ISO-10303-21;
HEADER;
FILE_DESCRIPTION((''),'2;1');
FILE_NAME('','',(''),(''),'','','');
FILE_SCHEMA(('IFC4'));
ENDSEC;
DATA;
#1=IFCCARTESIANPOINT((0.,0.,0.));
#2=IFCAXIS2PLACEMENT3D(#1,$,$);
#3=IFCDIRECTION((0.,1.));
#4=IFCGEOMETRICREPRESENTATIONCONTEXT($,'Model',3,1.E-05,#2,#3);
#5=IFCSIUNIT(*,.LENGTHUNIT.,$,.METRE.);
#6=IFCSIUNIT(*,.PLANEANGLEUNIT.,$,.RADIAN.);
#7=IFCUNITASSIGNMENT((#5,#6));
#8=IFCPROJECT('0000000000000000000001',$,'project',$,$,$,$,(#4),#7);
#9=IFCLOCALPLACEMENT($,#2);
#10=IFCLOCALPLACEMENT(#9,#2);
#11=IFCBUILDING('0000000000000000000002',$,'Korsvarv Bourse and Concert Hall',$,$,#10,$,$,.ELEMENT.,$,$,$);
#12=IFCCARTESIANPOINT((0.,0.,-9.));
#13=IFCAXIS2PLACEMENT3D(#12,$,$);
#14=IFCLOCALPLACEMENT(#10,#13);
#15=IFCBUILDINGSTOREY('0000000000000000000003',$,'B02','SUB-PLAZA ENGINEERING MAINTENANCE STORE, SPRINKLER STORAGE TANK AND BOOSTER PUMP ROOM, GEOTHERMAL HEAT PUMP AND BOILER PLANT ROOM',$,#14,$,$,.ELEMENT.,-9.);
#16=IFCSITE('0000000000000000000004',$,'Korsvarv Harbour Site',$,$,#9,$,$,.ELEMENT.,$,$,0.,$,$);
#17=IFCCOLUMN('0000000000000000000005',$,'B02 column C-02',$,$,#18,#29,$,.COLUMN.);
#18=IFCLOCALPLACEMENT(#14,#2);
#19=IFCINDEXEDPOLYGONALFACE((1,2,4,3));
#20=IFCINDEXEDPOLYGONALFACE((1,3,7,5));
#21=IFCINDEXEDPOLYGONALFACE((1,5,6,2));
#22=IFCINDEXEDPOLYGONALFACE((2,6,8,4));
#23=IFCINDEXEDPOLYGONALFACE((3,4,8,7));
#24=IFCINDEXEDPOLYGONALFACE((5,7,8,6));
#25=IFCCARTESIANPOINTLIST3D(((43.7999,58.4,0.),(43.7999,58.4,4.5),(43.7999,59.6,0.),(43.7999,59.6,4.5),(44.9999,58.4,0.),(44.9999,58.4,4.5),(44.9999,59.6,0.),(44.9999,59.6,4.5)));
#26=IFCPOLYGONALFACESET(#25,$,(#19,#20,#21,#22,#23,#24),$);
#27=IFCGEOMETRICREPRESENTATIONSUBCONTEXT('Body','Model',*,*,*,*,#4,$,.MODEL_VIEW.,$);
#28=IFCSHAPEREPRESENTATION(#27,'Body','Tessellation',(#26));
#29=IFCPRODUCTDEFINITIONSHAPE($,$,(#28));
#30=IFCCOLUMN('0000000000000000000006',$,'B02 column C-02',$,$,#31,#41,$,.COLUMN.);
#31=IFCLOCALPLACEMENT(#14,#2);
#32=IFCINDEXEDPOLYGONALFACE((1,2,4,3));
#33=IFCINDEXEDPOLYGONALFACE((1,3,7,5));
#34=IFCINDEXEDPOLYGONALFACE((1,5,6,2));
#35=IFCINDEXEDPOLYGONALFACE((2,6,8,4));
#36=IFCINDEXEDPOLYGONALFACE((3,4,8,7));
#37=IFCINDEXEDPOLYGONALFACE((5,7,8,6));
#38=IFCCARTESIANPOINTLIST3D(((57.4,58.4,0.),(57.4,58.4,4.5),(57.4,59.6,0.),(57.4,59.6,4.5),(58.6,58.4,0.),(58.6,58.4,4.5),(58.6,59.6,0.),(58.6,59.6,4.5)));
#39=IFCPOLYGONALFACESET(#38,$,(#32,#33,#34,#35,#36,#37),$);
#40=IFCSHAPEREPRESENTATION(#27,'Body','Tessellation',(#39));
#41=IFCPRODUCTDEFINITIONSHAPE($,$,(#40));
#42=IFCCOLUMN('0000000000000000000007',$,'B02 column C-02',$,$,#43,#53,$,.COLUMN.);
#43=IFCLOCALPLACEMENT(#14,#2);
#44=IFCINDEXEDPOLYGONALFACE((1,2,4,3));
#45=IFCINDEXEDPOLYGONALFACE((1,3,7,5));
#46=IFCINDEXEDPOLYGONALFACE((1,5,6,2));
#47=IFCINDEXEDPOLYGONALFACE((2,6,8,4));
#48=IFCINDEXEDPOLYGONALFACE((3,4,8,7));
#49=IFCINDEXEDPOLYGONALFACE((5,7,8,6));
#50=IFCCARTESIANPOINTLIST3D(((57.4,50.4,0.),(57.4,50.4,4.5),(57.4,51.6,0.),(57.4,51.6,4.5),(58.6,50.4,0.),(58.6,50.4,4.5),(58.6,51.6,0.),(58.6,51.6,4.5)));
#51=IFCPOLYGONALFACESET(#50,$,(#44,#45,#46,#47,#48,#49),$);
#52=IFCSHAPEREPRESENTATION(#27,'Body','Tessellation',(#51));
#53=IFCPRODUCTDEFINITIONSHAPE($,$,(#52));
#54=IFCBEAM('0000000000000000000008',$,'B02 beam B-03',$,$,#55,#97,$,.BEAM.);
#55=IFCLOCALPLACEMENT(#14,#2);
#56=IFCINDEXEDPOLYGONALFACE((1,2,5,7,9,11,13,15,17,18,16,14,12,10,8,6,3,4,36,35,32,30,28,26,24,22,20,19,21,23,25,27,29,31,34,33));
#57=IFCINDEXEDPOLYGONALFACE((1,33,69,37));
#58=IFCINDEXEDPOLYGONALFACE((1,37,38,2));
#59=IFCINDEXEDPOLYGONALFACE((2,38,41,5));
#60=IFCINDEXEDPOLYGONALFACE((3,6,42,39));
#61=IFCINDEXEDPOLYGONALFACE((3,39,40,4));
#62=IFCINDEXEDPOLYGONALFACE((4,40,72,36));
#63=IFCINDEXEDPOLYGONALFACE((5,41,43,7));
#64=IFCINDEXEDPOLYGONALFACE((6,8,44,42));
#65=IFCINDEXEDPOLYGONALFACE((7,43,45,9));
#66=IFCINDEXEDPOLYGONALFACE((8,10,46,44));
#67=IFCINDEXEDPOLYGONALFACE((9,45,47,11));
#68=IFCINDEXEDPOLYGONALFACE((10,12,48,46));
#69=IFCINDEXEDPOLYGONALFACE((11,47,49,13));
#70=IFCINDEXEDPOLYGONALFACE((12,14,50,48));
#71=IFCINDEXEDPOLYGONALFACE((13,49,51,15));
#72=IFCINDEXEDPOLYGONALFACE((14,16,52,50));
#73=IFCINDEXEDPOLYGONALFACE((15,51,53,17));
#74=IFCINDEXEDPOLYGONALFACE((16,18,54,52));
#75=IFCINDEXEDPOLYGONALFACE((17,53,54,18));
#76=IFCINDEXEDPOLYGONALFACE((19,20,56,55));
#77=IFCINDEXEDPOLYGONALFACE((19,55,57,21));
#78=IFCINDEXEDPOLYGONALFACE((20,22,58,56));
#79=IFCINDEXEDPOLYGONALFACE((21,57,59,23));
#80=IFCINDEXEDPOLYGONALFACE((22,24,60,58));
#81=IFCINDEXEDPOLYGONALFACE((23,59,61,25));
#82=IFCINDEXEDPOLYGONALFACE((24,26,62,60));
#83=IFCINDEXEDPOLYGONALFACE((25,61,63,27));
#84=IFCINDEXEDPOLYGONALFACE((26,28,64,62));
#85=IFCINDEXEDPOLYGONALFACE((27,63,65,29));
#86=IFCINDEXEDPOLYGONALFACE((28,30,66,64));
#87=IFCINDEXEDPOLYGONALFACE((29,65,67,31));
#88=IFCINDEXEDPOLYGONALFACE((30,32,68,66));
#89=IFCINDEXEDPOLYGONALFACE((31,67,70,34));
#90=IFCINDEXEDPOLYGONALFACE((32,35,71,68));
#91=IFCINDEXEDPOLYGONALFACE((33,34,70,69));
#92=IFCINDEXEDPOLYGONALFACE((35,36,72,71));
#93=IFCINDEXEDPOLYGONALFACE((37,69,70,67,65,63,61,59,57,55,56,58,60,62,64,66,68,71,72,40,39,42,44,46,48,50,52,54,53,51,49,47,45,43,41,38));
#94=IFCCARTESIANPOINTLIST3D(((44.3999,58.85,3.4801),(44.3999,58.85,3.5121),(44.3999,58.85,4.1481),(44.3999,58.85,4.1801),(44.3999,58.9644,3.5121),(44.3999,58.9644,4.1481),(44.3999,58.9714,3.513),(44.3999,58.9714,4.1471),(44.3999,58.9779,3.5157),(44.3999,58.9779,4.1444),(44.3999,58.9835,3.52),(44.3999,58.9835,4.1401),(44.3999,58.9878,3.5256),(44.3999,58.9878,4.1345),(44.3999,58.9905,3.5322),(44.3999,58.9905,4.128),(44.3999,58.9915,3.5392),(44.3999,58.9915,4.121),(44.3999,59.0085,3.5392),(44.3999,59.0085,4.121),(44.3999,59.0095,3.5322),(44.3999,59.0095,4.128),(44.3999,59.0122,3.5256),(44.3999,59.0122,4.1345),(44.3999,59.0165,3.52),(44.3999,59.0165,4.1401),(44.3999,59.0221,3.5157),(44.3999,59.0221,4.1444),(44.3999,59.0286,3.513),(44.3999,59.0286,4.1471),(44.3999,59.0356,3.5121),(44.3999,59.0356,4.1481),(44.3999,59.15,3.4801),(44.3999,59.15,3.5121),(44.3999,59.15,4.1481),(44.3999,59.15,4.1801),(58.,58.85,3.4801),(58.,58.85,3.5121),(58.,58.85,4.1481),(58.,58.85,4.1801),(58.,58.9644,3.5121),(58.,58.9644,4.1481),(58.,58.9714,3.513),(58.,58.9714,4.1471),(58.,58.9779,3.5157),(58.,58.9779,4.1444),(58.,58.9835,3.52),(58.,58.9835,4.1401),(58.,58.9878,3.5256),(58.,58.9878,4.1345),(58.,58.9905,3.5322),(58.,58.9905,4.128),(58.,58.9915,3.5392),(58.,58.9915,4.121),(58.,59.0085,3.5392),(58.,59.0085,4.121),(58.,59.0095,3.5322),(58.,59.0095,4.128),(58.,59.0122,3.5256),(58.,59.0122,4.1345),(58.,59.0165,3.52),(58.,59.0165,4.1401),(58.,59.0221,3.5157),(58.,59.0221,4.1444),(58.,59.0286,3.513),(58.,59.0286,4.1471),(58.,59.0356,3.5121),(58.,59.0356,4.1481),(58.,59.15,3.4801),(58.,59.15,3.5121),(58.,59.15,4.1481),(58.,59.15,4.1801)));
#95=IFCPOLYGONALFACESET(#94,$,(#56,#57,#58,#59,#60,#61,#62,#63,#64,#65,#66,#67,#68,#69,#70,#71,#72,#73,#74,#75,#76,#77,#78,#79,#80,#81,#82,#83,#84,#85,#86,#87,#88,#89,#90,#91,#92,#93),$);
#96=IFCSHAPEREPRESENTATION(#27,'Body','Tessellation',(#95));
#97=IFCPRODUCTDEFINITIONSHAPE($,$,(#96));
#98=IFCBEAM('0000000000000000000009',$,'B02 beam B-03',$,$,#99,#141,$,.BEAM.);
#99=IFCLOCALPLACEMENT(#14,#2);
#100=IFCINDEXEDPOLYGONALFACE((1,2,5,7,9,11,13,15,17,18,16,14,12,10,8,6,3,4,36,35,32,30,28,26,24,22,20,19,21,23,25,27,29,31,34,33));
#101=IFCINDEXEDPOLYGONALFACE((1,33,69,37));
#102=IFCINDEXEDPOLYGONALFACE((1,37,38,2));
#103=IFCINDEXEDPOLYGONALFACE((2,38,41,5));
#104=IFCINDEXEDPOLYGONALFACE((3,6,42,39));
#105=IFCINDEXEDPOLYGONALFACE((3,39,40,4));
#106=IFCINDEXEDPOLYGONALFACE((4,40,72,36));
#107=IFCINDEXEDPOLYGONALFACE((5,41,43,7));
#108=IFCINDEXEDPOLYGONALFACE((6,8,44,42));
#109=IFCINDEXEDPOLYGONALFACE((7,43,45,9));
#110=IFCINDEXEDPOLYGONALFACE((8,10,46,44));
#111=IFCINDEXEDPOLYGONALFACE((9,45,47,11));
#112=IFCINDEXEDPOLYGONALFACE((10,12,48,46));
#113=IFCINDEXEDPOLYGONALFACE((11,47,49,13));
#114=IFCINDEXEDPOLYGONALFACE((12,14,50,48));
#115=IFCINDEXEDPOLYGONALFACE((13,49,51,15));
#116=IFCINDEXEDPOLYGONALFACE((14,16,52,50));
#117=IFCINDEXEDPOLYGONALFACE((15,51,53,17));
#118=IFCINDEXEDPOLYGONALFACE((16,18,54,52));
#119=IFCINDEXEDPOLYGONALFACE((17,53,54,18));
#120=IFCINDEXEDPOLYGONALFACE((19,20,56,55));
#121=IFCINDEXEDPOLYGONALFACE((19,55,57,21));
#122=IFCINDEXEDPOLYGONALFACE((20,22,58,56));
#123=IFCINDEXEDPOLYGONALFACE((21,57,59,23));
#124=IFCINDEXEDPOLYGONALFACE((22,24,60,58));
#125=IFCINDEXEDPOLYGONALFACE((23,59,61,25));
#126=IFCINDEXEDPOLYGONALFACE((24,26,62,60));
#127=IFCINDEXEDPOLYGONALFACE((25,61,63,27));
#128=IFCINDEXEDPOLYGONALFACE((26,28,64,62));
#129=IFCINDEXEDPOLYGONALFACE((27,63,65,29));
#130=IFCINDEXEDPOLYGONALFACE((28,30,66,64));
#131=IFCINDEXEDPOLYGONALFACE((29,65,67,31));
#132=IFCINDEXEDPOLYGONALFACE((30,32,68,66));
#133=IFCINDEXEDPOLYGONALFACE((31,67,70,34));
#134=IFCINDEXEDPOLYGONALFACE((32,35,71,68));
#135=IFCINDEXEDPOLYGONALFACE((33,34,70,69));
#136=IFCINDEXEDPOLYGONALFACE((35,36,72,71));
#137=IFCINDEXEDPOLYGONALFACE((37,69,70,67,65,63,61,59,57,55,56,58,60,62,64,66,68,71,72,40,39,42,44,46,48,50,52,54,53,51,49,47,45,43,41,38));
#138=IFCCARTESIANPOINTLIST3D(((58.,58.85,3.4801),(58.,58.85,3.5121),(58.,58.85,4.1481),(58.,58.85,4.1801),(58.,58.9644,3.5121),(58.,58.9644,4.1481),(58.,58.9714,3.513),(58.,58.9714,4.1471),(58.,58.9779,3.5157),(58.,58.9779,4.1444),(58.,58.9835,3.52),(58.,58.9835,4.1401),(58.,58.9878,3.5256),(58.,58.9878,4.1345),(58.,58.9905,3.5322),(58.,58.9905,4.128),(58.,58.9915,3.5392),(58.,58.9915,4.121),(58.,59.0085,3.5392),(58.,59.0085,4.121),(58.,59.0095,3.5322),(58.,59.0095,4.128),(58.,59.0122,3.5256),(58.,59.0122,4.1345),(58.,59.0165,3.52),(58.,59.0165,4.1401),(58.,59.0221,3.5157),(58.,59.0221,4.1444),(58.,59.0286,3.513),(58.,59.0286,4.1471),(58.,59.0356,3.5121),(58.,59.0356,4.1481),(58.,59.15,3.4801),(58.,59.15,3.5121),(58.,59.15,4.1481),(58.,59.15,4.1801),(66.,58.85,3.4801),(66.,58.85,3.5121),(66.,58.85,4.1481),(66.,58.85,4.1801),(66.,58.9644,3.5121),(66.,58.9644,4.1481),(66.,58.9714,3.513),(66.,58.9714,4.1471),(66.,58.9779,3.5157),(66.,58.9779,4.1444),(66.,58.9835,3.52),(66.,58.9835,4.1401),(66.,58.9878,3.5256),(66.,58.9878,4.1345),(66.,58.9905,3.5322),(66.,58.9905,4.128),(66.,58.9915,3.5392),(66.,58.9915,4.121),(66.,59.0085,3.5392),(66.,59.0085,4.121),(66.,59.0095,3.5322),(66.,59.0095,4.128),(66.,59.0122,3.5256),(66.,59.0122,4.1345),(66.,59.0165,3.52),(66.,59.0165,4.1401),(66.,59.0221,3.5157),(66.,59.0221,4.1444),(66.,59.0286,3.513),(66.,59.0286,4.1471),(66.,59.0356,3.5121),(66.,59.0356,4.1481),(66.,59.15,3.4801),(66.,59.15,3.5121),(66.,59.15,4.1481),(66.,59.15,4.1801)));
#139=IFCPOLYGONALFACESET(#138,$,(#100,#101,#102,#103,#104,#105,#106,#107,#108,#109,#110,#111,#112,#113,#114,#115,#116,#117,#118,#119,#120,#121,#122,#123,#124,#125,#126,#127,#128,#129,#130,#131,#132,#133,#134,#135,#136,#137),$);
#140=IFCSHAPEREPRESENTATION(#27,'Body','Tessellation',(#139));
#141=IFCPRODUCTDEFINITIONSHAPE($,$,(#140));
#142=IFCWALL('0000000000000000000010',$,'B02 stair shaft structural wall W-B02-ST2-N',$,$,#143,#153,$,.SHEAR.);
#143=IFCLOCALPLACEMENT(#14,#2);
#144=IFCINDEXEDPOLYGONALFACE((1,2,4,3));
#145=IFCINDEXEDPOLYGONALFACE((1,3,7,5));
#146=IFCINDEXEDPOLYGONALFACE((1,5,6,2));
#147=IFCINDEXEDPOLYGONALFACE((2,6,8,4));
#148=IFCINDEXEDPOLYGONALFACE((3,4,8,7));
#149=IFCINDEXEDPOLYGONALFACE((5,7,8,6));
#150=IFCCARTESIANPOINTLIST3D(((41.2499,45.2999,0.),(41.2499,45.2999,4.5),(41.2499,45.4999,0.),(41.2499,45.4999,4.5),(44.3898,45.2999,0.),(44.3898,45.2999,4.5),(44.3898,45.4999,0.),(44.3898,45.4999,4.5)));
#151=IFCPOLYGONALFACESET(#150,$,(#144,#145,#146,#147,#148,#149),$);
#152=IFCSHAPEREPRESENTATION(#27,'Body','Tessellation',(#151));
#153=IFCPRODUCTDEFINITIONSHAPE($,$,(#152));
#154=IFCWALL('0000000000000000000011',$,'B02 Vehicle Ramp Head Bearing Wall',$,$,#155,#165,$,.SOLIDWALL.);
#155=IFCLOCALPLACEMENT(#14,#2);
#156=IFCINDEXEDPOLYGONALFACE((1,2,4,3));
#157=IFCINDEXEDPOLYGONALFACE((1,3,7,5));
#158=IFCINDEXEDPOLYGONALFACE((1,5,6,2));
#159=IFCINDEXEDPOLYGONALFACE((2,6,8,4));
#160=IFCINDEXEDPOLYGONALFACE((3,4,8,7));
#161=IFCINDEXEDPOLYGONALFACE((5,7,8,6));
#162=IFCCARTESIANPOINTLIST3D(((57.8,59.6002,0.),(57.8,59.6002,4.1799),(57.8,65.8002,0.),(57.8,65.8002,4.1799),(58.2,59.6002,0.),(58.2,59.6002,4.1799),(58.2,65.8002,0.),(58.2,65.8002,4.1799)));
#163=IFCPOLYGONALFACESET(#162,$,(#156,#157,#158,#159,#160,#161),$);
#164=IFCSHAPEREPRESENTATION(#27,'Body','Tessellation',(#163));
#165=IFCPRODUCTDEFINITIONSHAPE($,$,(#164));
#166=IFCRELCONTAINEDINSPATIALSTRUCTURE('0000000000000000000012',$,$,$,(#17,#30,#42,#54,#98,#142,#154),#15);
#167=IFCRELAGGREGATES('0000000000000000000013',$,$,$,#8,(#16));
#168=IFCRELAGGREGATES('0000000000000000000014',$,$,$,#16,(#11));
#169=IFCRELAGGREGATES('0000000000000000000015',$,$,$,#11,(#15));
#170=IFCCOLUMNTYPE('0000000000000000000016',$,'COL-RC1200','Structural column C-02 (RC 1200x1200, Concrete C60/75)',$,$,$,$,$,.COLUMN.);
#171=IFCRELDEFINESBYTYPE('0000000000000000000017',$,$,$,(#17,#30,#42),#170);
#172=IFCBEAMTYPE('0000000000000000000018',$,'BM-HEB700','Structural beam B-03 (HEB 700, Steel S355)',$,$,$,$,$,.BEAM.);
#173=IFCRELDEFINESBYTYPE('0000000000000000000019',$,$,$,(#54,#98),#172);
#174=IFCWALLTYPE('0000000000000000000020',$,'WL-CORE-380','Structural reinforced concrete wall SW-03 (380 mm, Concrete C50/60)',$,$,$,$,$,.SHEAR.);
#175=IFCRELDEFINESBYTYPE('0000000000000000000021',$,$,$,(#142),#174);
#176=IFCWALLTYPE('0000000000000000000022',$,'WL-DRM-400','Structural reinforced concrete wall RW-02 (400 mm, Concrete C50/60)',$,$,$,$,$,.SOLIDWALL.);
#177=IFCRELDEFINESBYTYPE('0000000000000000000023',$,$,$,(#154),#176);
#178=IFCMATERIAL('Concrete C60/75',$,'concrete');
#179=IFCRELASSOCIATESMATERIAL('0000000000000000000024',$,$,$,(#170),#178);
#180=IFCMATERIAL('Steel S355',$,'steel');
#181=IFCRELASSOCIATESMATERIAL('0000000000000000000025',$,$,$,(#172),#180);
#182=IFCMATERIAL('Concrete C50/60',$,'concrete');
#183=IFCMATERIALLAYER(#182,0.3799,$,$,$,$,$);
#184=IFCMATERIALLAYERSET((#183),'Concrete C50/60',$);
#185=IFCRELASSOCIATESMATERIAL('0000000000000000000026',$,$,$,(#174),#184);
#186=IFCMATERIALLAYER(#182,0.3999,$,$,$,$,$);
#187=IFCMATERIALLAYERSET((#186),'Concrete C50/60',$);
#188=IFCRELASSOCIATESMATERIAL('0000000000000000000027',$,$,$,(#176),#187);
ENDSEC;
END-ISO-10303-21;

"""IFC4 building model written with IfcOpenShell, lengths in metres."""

from ifc_helpers import new_model, si_unit, direction, frame, frame_2d, origin, origin_2d, place, context, subcontext, project, spatial, rectangle, i_section, extrude, source, transform, mapped, material, layer, layer_set, material_profile, profile_set, type_object, element, save


model = new_model("IFC4")

# Units and contexts
model_context = context("Model", 3, precision=1e-05, world=origin(), true_north=direction((0.0, 1.0)))
body_context = subcontext(model_context, "Body", "Model", "MODEL_VIEW")
ifc_project = project(units=[si_unit("LENGTHUNIT", "METRE"), si_unit("PLANEANGLEUNIT", "RADIAN")], contexts=[model_context])

# Site, building, storey
site_placement = place(None, origin())
site = spatial("IfcSite", under=ifc_project, at=site_placement, Name="Korsvarv Harbour Site", CompositionType="ELEMENT", RefElevation=0.0)
building_placement = place(site_placement, origin())
building = spatial("IfcBuilding", under=site, at=building_placement, Name="Korsvarv Bourse and Concert Hall", CompositionType="ELEMENT")
storey_placement = place(building_placement, frame((0.0, 0.0, -9.0)))
storey = spatial("IfcBuildingStorey", under=building, at=storey_placement, Name="B02", Description="SUB-PLAZA ENGINEERING MAINTENANCE STORE, SPRINKLER STORAGE TANK AND BOOSTER PUMP ROOM, GEOTHERMAL HEAT PUMP AND BOILER PLANT ROOM", CompositionType="ELEMENT", Elevation=-9.0)

# Columns
ifc_material_1 = material(Name="Concrete C60/75", Category="concrete")
ifc_material_profile_1 = material_profile(ifc_material_1, rectangle(XDim=1.2, YDim=1.2, at=origin_2d()), Name="RC 1200x1200")
ifc_profile_set_1 = profile_set([ifc_material_profile_1], Name="Concrete C60/75")
column_type_1 = type_object("IfcColumnType", Name="COL-RC1200", Description="Structural column C-02 (RC 1200x1200, Concrete C60/75)", PredefinedType="COLUMN", material=ifc_profile_set_1)
shared_shape_1 = source(origin(), body_context, "Body", "SweptSolid", [
    extrude(rectangle(XDim=1.2, YDim=1.2, at=origin_2d()), origin(), (0.0, 0.0, 1.0), 4.5),
])
for number, where, z_axis, x_axis, name in (
    (1, (44.3999, 59.0, 0.0), (0.0, 0.0, 1.0), (1.0, 0.0, 0.0), "B02 column C-02"),
    (2, (58.0, 59.0, 0.0), (0.0, 0.0, 1.0), (1.0, 0.0, 0.0), "B02 column C-02"),
    (3, (58.0, 51.0, 0.0), (0.0, 0.0, 1.0), (1.0, 0.0, 0.0), "B02 column C-02"),
):
    element("IfcColumn", number, at=place(storey_placement, frame(where, z_axis=z_axis, x_axis=x_axis)), inside=storey, type_object=column_type_1, Name=name, PredefinedType="COLUMN", context=body_context, shape_type="MappedRepresentation", body=[
        mapped(shared_shape_1, transform((0.0, 0.0, 0.0), scale=1.0)),
    ])

# Beams
ifc_material_2 = material(Name="Steel S355", Category="steel")
ifc_material_profile_2 = material_profile(ifc_material_2, i_section(OverallWidth=0.3, OverallDepth=0.7, WebThickness=0.0171, FlangeThickness=0.032, FilletRadius=0.0271, at=origin_2d()), Name="HEB 700")
ifc_profile_set_2 = profile_set([ifc_material_profile_2], Name="Steel S355")
beam_type = type_object("IfcBeamType", Name="BM-HEB700", Description="Structural beam B-03 (HEB 700, Steel S355)", PredefinedType="BEAM", material=ifc_profile_set_2)
shared_shape_2 = source(origin(), body_context, "Body", "SweptSolid", [
    extrude(i_section(OverallWidth=0.3, OverallDepth=0.7, WebThickness=0.0171, FlangeThickness=0.032, FilletRadius=0.0271, at=origin_2d()), origin(), (0.0, 0.0, 1.0), 13.6001),
])
beam_1_placement = place(storey_placement, frame((44.3999, 59.0, 3.8301), z_axis=(1.0, 0.0, 0.0), x_axis=(0.0, 1.0, 0.0)))
element("IfcBeam", 4, at=beam_1_placement, inside=storey, type_object=beam_type, Name="B02 beam B-03", PredefinedType="BEAM", context=body_context, shape_type="MappedRepresentation", body=[
    mapped(shared_shape_2, transform((0.0, 0.0, 0.0), scale=1.0)),
])
shared_shape_3 = source(origin(), body_context, "Body", "SweptSolid", [
    extrude(i_section(OverallWidth=0.3, OverallDepth=0.7, WebThickness=0.0171, FlangeThickness=0.032, FilletRadius=0.0271, at=origin_2d()), origin(), (0.0, 0.0, 1.0), 8.0),
])
beam_2_placement = place(storey_placement, frame((58.0, 59.0, 3.8301), z_axis=(1.0, 0.0, 0.0), x_axis=(0.0, 1.0, 0.0)))
element("IfcBeam", 5, at=beam_2_placement, inside=storey, type_object=beam_type, Name="B02 beam B-03", PredefinedType="BEAM", context=body_context, shape_type="MappedRepresentation", body=[
    mapped(shared_shape_3, transform((0.0, 0.0, 0.0), scale=1.0)),
])

# Walls
ifc_material_3 = material(Name="Concrete C50/60", Category="concrete")
ifc_layer_1 = layer(ifc_material_3, 0.3799)
ifc_layer_set_1 = layer_set([ifc_layer_1], Name="Concrete C50/60")
wall_type_1 = type_object("IfcWallType", Name="WL-CORE-380", Description="Structural reinforced concrete wall SW-03 (380 mm, Concrete C50/60)", PredefinedType="SHEAR", material=ifc_layer_set_1)
wall_1_placement = place(storey_placement, frame((41.25, 45.3999, 0.0), z_axis=(0.0, 0.0, 1.0), x_axis=(1.0, 0.0, 0.0)))
element("IfcWall", 6, at=wall_1_placement, inside=storey, type_object=wall_type_1, Name="B02 stair shaft structural wall W-B02-ST2-N", PredefinedType="SHEAR", context=body_context, shape_type="SweptSolid", body=[
    extrude(rectangle(XDim=3.1399, YDim=0.2, at=frame_2d((1.5698, 0.0))), origin(), (0.0, 0.0, 1.0), 4.5),
])
ifc_layer_2 = layer(ifc_material_3, 0.3999)
ifc_layer_set_2 = layer_set([ifc_layer_2], Name="Concrete C50/60")
wall_type_2 = type_object("IfcWallType", Name="WL-DRM-400", Description="Structural reinforced concrete wall RW-02 (400 mm, Concrete C50/60)", PredefinedType="SOLIDWALL", material=ifc_layer_set_2)
wall_2_placement = place(storey_placement, frame((58.0, 59.6001, 0.0), z_axis=(0.0, 0.0, 1.0), x_axis=(0.0, 1.0, 0.0)))
element("IfcWall", 7, at=wall_2_placement, inside=storey, type_object=wall_type_2, Name="B02 Vehicle Ramp Head Bearing Wall", PredefinedType="SOLIDWALL", context=body_context, shape_type="SweptSolid", body=[
    extrude(rectangle(XDim=6.2, YDim=0.3999, at=frame_2d((3.1001, 0.0))), origin(), (0.0, 0.0, 1.0), 4.1799),
])

save(model, "model.ifc")
